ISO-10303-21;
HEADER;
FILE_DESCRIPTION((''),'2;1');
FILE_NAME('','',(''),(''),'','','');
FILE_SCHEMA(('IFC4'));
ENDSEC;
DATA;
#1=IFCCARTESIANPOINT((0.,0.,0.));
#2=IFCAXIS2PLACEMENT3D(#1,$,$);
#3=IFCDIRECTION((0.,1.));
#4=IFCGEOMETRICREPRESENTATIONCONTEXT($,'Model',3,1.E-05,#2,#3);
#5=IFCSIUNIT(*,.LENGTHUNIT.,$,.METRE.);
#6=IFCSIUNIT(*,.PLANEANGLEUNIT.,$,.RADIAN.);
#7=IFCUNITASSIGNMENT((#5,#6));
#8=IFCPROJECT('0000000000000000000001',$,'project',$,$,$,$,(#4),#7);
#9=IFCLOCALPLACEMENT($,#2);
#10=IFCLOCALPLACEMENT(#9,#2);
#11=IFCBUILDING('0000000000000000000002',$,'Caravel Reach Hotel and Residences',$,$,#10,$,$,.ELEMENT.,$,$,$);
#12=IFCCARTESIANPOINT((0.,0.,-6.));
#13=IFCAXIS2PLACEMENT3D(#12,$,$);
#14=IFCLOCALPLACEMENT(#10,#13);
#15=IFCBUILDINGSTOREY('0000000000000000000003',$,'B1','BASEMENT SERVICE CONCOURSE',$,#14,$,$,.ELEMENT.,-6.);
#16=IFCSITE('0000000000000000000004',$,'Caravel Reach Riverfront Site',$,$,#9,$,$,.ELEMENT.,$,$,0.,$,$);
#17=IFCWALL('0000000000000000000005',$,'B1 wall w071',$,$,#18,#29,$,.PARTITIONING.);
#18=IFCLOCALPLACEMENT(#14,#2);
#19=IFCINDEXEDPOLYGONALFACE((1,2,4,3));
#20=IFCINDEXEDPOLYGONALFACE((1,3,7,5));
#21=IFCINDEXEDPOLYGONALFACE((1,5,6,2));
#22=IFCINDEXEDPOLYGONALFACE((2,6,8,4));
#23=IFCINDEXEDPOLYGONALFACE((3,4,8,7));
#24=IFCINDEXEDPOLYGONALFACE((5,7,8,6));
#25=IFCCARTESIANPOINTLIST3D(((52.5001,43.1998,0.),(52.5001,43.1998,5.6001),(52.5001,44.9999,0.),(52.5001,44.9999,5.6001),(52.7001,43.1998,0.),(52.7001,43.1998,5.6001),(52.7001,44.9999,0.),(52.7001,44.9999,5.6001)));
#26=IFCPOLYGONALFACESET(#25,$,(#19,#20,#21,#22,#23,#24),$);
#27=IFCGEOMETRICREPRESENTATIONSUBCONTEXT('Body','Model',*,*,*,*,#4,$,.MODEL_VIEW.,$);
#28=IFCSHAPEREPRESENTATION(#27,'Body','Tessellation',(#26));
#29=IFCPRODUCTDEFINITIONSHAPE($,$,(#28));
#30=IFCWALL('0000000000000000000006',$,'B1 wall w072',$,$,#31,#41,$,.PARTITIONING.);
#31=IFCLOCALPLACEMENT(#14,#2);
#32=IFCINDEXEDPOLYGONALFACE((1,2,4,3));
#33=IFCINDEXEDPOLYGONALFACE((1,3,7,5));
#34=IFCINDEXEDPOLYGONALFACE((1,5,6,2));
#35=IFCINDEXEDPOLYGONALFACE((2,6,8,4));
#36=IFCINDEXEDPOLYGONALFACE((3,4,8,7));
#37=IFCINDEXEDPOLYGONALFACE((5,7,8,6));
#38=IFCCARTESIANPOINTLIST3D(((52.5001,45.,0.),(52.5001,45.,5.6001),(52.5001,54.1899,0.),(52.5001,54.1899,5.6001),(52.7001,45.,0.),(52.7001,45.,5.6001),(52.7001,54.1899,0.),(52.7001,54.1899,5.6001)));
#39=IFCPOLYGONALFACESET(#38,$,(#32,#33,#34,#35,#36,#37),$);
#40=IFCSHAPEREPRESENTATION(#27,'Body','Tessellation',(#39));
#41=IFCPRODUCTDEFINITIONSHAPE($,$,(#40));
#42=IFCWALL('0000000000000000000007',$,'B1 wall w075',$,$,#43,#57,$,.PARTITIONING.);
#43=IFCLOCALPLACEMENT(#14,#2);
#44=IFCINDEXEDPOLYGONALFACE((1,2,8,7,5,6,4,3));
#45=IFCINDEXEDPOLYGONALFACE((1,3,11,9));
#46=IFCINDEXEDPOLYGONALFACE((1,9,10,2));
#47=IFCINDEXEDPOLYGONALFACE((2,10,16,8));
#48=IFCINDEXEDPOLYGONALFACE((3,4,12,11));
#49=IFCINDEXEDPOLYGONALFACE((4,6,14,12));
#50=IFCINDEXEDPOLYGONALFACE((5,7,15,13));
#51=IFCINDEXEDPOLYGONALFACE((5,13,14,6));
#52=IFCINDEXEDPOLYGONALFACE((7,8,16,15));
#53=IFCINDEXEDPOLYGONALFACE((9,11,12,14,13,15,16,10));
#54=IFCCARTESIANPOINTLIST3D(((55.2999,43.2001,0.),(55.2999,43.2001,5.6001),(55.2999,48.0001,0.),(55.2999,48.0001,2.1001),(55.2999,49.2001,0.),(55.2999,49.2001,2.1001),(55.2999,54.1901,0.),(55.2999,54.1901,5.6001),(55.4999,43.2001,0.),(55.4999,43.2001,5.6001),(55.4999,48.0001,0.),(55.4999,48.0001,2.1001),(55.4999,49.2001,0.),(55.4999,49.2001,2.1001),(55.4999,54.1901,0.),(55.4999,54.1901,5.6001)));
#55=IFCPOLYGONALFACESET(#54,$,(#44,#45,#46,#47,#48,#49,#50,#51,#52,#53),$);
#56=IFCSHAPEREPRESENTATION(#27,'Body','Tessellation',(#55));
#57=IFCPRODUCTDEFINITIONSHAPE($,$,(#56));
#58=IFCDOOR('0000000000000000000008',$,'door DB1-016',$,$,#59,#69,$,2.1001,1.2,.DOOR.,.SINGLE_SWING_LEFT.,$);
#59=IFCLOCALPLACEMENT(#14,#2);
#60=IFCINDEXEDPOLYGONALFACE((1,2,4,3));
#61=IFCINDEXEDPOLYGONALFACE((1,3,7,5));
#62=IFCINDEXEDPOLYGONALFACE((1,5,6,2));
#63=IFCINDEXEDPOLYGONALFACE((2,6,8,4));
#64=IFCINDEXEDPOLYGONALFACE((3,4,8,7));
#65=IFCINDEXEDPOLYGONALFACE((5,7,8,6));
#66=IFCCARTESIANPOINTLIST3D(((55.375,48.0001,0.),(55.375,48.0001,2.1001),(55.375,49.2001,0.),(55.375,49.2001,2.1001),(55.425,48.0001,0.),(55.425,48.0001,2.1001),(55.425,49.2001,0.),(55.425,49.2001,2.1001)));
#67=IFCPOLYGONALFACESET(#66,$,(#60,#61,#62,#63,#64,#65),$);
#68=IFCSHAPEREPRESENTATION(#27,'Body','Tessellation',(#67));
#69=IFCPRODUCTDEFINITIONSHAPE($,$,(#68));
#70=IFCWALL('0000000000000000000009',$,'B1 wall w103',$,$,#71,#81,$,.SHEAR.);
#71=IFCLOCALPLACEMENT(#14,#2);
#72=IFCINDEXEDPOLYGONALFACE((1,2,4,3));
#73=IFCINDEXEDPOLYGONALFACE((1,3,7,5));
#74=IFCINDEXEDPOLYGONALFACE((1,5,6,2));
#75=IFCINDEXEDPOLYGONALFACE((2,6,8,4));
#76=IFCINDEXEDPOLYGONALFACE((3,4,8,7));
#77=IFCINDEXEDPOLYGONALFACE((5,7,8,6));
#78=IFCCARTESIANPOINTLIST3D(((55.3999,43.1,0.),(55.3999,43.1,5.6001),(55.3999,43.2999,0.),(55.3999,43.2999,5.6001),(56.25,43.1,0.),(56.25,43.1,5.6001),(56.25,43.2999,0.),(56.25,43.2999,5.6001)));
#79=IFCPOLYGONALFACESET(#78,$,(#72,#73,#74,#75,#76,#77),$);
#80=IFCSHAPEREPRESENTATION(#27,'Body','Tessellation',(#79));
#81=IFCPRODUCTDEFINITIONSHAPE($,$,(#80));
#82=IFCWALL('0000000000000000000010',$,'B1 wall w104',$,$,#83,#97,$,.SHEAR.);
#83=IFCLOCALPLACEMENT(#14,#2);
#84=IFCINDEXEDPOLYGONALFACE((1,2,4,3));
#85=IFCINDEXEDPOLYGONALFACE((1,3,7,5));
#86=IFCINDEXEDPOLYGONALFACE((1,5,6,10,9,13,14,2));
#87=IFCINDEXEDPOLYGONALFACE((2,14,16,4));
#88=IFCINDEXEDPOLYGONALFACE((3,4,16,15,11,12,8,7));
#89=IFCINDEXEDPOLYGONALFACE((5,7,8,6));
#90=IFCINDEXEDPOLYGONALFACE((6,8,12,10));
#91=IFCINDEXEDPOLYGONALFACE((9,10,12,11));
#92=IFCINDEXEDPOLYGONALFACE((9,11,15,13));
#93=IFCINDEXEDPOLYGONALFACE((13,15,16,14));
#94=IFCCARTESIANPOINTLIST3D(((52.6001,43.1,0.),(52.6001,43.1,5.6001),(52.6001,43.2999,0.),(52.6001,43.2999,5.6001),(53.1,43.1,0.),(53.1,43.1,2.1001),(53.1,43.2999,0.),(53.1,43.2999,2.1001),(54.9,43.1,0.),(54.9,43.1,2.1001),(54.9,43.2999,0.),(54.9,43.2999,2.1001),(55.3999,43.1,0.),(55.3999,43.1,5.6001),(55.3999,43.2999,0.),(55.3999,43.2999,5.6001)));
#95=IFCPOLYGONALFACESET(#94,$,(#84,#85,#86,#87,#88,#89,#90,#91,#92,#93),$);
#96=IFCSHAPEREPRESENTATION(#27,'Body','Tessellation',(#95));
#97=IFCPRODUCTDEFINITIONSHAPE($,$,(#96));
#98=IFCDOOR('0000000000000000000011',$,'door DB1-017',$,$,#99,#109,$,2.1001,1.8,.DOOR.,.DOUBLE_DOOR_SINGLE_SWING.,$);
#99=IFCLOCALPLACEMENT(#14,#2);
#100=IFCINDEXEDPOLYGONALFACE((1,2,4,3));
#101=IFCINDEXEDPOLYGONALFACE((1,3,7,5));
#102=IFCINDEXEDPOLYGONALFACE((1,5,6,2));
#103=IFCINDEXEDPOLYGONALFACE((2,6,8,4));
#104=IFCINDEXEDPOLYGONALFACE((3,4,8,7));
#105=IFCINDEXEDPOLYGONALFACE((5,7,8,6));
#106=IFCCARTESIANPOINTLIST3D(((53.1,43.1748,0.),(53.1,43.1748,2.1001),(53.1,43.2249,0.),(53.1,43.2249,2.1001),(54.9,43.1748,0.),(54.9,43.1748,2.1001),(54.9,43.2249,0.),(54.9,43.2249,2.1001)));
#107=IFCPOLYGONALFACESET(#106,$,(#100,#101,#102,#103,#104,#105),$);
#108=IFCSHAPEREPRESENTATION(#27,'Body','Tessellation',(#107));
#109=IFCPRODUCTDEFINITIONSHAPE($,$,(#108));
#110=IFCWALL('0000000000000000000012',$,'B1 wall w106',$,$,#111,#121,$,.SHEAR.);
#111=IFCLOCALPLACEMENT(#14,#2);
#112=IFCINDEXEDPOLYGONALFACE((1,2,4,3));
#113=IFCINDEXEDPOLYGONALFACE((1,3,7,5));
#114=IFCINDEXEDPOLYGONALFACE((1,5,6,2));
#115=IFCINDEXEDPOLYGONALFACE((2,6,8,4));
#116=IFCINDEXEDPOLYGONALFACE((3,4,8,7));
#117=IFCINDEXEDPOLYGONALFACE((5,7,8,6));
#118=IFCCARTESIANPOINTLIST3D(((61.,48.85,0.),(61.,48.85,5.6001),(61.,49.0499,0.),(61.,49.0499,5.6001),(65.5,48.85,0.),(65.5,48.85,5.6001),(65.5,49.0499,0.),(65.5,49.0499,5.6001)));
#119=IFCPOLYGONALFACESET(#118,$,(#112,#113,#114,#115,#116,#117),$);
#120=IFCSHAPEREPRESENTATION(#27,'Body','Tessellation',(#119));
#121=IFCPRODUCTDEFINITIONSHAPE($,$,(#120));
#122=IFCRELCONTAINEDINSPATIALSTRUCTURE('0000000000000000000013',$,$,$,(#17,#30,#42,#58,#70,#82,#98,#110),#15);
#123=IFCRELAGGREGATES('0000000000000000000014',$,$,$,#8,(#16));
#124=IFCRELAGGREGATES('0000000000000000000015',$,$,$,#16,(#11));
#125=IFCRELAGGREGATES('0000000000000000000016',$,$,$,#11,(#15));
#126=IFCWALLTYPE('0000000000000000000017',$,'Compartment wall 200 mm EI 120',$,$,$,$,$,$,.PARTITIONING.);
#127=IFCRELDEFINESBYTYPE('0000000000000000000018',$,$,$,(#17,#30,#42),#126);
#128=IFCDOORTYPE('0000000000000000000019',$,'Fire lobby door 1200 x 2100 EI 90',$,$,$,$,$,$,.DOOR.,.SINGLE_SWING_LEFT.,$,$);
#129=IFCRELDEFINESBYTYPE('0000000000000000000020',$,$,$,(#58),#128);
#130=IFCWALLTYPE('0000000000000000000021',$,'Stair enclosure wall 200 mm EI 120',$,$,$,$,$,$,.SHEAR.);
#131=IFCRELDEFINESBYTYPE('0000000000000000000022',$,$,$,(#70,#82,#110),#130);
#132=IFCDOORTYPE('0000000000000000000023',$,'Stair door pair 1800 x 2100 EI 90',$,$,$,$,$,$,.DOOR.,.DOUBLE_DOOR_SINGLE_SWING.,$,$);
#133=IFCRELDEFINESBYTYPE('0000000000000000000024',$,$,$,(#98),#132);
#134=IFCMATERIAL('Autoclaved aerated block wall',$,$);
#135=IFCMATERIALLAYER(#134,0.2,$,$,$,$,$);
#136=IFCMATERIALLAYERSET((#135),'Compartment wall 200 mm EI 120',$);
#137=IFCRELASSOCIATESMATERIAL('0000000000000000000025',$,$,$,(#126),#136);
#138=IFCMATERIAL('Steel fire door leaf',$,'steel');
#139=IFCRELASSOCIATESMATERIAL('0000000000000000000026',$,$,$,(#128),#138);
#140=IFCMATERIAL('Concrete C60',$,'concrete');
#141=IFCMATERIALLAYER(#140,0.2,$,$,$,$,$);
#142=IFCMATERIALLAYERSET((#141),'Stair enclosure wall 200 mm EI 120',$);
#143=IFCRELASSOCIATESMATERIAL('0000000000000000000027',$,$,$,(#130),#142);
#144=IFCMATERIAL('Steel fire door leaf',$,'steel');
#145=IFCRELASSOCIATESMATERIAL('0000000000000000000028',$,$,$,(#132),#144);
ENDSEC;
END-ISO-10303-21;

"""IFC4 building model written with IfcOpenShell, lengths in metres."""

from ifc_helpers import new_model, si_unit, direction, frame, frame_2d, origin, place, context, subcontext, project, spatial, rectangle, extrude, material, layer, layer_set, type_object, element, fill, save


model = new_model("IFC4")

# Units and contexts
model_context = context("Model", 3, precision=1e-05, world=origin(), true_north=direction((0.0, 1.0)))
body_context = subcontext(model_context, "Body", "Model", "MODEL_VIEW")
ifc_project = project(units=[si_unit("LENGTHUNIT", "METRE"), si_unit("PLANEANGLEUNIT", "RADIAN")], contexts=[model_context])

# Site, building, storey
site_placement = place(None, origin())
site = spatial("IfcSite", under=ifc_project, at=site_placement, Name="Caravel Reach Riverfront Site", CompositionType="ELEMENT", RefElevation=0.0)
building_placement = place(site_placement, origin())
building = spatial("IfcBuilding", under=site, at=building_placement, Name="Caravel Reach Hotel and Residences", CompositionType="ELEMENT")
storey_placement = place(building_placement, frame((0.0, 0.0, -6.0)))
storey = spatial("IfcBuildingStorey", under=building, at=storey_placement, Name="B1", Description="BASEMENT SERVICE CONCOURSE", CompositionType="ELEMENT", Elevation=-6.0)

# Walls
ifc_material_1 = material(Name="Autoclaved aerated block wall")
ifc_layer_1 = layer(ifc_material_1, 0.2)
ifc_layer_set_1 = layer_set([ifc_layer_1], Name="Compartment wall 200 mm EI 120")
wall_type_1 = type_object("IfcWallType", Name="Compartment wall 200 mm EI 120", PredefinedType="PARTITIONING", material=ifc_layer_set_1)
wall_1_placement = place(storey_placement, frame((52.6001, 43.2, 0.0), z_axis=(0.0, 0.0, 1.0), x_axis=(0.0, 1.0, 0.0)))
element("IfcWall", 1, at=wall_1_placement, inside=storey, type_object=wall_type_1, Name="B1 wall w071", PredefinedType="PARTITIONING", context=body_context, shape_type="SweptSolid", body=[
    extrude(rectangle(XDim=1.8, YDim=0.2, at=frame_2d((0.8999, 0.0))), origin(), (0.0, 0.0, 1.0), 5.6001),
])
wall_2_placement = place(storey_placement, frame((52.6001, 45.0, 0.0), z_axis=(0.0, 0.0, 1.0), x_axis=(0.0, 1.0, 0.0)))
element("IfcWall", 2, at=wall_2_placement, inside=storey, type_object=wall_type_1, Name="B1 wall w072", PredefinedType="PARTITIONING", context=body_context, shape_type="SweptSolid", body=[
    extrude(rectangle(XDim=9.1899, YDim=0.2, at=frame_2d((4.595, 0.0))), origin(), (0.0, 0.0, 1.0), 5.6001),
])

# Wall, opening, door
wall_3_placement = place(storey_placement, frame((55.3999, 43.2, 0.0), z_axis=(0.0, 0.0, 1.0), x_axis=(0.0, 1.0, 0.0)))
wall_3 = element("IfcWall", 3, at=wall_3_placement, inside=storey, type_object=wall_type_1, Name="B1 wall w075", PredefinedType="PARTITIONING", context=body_context, shape_type="SweptSolid", body=[
    extrude(rectangle(XDim=10.99, YDim=0.2, at=frame_2d((5.4951, 0.0))), origin(), (0.0, 0.0, 1.0), 5.6001),
])
opening_1_placement = place(wall_3_placement, frame((4.8, 0.0, 0.0)))
opening_1 = element("IfcOpeningElement", 4, at=opening_1_placement, cuts=wall_3, PredefinedType="OPENING", context=body_context, shape_type="SweptSolid", body=[
    extrude(rectangle(XDim=1.2, YDim=2.1001, at=frame_2d((0.6001, 1.05))), frame((0.0, 0.1099, 0.0), z_axis=(0.0, -1.0, 0.0), x_axis=(1.0, 0.0, 0.0)), (0.0, 0.0, 1.0), 0.22),
])
ifc_material_2 = material(Name="Steel fire door leaf", Category="steel")
door_type_1 = type_object("IfcDoorType", Name="Fire lobby door 1200 x 2100 EI 90", OperationType="SINGLE_SWING_LEFT", PredefinedType="DOOR", material=ifc_material_2)
door_1_placement = place(opening_1_placement, origin())
door_1 = element("IfcDoor", 5, at=door_1_placement, inside=storey, type_object=door_type_1, Name="door DB1-016", OperationType="SINGLE_SWING_LEFT", OverallHeight=2.1001, OverallWidth=1.2, PredefinedType="DOOR", context=body_context, shape_type="SweptSolid", body=[
    extrude(rectangle(XDim=1.2, YDim=2.1001, at=frame_2d((0.6001, 1.05))), frame((0.0, 0.0249, 0.0), z_axis=(0.0, -1.0, 0.0), x_axis=(1.0, 0.0, 0.0)), (0.0, 0.0, 1.0), 0.05),
])
fill(opening_1, door_1)

# Wall
ifc_material_3 = material(Name="Concrete C60", Category="concrete")
ifc_layer_2 = layer(ifc_material_3, 0.2)
ifc_layer_set_2 = layer_set([ifc_layer_2], Name="Stair enclosure wall 200 mm EI 120")
wall_type_2 = type_object("IfcWallType", Name="Stair enclosure wall 200 mm EI 120", PredefinedType="SHEAR", material=ifc_layer_set_2)
wall_4_placement = place(storey_placement, frame((55.3999, 43.2, 0.0), z_axis=(0.0, 0.0, 1.0), x_axis=(1.0, 0.0, 0.0)))
element("IfcWall", 6, at=wall_4_placement, inside=storey, type_object=wall_type_2, Name="B1 wall w103", PredefinedType="SHEAR", context=body_context, shape_type="SweptSolid", body=[
    extrude(rectangle(XDim=0.8501, YDim=0.2, at=frame_2d((0.425, 0.0))), origin(), (0.0, 0.0, 1.0), 5.6001),
])

# Wall, opening, door
wall_5_placement = place(storey_placement, frame((52.6001, 43.2, 0.0), z_axis=(0.0, 0.0, 1.0), x_axis=(1.0, 0.0, 0.0)))
wall_5 = element("IfcWall", 7, at=wall_5_placement, inside=storey, type_object=wall_type_2, Name="B1 wall w104", PredefinedType="SHEAR", context=body_context, shape_type="SweptSolid", body=[
    extrude(rectangle(XDim=2.7998, YDim=0.2, at=frame_2d((1.3999, 0.0))), origin(), (0.0, 0.0, 1.0), 5.6001),
])
opening_2_placement = place(wall_5_placement, frame((0.5, 0.0, 0.0)))
opening_2 = element("IfcOpeningElement", 8, at=opening_2_placement, cuts=wall_5, PredefinedType="OPENING", context=body_context, shape_type="SweptSolid", body=[
    extrude(rectangle(XDim=1.8, YDim=2.1001, at=frame_2d((0.8999, 1.05))), frame((0.0, 0.1099, 0.0), z_axis=(0.0, -1.0, 0.0), x_axis=(1.0, 0.0, 0.0)), (0.0, 0.0, 1.0), 0.22),
])
ifc_material_4 = material(Name="Steel fire door leaf", Category="steel")
door_type_2 = type_object("IfcDoorType", Name="Stair door pair 1800 x 2100 EI 90", OperationType="DOUBLE_DOOR_SINGLE_SWING", PredefinedType="DOOR", material=ifc_material_4)
door_2_placement = place(opening_2_placement, origin())
door_2 = element("IfcDoor", 9, at=door_2_placement, inside=storey, type_object=door_type_2, Name="door DB1-017", OperationType="DOUBLE_DOOR_SINGLE_SWING", OverallHeight=2.1001, OverallWidth=1.8, PredefinedType="DOOR", context=body_context, shape_type="SweptSolid", body=[
    extrude(rectangle(XDim=1.8, YDim=2.1001, at=frame_2d((0.8999, 1.05))), frame((0.0, 0.0249, 0.0), z_axis=(0.0, -1.0, 0.0), x_axis=(1.0, 0.0, 0.0)), (0.0, 0.0, 1.0), 0.05),
])
fill(opening_2, door_2)

# Wall
wall_6_placement = place(storey_placement, frame((61.0, 48.95, 0.0), z_axis=(0.0, 0.0, 1.0), x_axis=(1.0, 0.0, 0.0)))
element("IfcWall", 10, at=wall_6_placement, inside=storey, type_object=wall_type_2, Name="B1 wall w106", PredefinedType="SHEAR", context=body_context, shape_type="SweptSolid", body=[
    extrude(rectangle(XDim=4.5, YDim=0.2, at=frame_2d((2.25, 0.0))), origin(), (0.0, 0.0, 1.0), 5.6001),
])

save(model, "model.ifc")
